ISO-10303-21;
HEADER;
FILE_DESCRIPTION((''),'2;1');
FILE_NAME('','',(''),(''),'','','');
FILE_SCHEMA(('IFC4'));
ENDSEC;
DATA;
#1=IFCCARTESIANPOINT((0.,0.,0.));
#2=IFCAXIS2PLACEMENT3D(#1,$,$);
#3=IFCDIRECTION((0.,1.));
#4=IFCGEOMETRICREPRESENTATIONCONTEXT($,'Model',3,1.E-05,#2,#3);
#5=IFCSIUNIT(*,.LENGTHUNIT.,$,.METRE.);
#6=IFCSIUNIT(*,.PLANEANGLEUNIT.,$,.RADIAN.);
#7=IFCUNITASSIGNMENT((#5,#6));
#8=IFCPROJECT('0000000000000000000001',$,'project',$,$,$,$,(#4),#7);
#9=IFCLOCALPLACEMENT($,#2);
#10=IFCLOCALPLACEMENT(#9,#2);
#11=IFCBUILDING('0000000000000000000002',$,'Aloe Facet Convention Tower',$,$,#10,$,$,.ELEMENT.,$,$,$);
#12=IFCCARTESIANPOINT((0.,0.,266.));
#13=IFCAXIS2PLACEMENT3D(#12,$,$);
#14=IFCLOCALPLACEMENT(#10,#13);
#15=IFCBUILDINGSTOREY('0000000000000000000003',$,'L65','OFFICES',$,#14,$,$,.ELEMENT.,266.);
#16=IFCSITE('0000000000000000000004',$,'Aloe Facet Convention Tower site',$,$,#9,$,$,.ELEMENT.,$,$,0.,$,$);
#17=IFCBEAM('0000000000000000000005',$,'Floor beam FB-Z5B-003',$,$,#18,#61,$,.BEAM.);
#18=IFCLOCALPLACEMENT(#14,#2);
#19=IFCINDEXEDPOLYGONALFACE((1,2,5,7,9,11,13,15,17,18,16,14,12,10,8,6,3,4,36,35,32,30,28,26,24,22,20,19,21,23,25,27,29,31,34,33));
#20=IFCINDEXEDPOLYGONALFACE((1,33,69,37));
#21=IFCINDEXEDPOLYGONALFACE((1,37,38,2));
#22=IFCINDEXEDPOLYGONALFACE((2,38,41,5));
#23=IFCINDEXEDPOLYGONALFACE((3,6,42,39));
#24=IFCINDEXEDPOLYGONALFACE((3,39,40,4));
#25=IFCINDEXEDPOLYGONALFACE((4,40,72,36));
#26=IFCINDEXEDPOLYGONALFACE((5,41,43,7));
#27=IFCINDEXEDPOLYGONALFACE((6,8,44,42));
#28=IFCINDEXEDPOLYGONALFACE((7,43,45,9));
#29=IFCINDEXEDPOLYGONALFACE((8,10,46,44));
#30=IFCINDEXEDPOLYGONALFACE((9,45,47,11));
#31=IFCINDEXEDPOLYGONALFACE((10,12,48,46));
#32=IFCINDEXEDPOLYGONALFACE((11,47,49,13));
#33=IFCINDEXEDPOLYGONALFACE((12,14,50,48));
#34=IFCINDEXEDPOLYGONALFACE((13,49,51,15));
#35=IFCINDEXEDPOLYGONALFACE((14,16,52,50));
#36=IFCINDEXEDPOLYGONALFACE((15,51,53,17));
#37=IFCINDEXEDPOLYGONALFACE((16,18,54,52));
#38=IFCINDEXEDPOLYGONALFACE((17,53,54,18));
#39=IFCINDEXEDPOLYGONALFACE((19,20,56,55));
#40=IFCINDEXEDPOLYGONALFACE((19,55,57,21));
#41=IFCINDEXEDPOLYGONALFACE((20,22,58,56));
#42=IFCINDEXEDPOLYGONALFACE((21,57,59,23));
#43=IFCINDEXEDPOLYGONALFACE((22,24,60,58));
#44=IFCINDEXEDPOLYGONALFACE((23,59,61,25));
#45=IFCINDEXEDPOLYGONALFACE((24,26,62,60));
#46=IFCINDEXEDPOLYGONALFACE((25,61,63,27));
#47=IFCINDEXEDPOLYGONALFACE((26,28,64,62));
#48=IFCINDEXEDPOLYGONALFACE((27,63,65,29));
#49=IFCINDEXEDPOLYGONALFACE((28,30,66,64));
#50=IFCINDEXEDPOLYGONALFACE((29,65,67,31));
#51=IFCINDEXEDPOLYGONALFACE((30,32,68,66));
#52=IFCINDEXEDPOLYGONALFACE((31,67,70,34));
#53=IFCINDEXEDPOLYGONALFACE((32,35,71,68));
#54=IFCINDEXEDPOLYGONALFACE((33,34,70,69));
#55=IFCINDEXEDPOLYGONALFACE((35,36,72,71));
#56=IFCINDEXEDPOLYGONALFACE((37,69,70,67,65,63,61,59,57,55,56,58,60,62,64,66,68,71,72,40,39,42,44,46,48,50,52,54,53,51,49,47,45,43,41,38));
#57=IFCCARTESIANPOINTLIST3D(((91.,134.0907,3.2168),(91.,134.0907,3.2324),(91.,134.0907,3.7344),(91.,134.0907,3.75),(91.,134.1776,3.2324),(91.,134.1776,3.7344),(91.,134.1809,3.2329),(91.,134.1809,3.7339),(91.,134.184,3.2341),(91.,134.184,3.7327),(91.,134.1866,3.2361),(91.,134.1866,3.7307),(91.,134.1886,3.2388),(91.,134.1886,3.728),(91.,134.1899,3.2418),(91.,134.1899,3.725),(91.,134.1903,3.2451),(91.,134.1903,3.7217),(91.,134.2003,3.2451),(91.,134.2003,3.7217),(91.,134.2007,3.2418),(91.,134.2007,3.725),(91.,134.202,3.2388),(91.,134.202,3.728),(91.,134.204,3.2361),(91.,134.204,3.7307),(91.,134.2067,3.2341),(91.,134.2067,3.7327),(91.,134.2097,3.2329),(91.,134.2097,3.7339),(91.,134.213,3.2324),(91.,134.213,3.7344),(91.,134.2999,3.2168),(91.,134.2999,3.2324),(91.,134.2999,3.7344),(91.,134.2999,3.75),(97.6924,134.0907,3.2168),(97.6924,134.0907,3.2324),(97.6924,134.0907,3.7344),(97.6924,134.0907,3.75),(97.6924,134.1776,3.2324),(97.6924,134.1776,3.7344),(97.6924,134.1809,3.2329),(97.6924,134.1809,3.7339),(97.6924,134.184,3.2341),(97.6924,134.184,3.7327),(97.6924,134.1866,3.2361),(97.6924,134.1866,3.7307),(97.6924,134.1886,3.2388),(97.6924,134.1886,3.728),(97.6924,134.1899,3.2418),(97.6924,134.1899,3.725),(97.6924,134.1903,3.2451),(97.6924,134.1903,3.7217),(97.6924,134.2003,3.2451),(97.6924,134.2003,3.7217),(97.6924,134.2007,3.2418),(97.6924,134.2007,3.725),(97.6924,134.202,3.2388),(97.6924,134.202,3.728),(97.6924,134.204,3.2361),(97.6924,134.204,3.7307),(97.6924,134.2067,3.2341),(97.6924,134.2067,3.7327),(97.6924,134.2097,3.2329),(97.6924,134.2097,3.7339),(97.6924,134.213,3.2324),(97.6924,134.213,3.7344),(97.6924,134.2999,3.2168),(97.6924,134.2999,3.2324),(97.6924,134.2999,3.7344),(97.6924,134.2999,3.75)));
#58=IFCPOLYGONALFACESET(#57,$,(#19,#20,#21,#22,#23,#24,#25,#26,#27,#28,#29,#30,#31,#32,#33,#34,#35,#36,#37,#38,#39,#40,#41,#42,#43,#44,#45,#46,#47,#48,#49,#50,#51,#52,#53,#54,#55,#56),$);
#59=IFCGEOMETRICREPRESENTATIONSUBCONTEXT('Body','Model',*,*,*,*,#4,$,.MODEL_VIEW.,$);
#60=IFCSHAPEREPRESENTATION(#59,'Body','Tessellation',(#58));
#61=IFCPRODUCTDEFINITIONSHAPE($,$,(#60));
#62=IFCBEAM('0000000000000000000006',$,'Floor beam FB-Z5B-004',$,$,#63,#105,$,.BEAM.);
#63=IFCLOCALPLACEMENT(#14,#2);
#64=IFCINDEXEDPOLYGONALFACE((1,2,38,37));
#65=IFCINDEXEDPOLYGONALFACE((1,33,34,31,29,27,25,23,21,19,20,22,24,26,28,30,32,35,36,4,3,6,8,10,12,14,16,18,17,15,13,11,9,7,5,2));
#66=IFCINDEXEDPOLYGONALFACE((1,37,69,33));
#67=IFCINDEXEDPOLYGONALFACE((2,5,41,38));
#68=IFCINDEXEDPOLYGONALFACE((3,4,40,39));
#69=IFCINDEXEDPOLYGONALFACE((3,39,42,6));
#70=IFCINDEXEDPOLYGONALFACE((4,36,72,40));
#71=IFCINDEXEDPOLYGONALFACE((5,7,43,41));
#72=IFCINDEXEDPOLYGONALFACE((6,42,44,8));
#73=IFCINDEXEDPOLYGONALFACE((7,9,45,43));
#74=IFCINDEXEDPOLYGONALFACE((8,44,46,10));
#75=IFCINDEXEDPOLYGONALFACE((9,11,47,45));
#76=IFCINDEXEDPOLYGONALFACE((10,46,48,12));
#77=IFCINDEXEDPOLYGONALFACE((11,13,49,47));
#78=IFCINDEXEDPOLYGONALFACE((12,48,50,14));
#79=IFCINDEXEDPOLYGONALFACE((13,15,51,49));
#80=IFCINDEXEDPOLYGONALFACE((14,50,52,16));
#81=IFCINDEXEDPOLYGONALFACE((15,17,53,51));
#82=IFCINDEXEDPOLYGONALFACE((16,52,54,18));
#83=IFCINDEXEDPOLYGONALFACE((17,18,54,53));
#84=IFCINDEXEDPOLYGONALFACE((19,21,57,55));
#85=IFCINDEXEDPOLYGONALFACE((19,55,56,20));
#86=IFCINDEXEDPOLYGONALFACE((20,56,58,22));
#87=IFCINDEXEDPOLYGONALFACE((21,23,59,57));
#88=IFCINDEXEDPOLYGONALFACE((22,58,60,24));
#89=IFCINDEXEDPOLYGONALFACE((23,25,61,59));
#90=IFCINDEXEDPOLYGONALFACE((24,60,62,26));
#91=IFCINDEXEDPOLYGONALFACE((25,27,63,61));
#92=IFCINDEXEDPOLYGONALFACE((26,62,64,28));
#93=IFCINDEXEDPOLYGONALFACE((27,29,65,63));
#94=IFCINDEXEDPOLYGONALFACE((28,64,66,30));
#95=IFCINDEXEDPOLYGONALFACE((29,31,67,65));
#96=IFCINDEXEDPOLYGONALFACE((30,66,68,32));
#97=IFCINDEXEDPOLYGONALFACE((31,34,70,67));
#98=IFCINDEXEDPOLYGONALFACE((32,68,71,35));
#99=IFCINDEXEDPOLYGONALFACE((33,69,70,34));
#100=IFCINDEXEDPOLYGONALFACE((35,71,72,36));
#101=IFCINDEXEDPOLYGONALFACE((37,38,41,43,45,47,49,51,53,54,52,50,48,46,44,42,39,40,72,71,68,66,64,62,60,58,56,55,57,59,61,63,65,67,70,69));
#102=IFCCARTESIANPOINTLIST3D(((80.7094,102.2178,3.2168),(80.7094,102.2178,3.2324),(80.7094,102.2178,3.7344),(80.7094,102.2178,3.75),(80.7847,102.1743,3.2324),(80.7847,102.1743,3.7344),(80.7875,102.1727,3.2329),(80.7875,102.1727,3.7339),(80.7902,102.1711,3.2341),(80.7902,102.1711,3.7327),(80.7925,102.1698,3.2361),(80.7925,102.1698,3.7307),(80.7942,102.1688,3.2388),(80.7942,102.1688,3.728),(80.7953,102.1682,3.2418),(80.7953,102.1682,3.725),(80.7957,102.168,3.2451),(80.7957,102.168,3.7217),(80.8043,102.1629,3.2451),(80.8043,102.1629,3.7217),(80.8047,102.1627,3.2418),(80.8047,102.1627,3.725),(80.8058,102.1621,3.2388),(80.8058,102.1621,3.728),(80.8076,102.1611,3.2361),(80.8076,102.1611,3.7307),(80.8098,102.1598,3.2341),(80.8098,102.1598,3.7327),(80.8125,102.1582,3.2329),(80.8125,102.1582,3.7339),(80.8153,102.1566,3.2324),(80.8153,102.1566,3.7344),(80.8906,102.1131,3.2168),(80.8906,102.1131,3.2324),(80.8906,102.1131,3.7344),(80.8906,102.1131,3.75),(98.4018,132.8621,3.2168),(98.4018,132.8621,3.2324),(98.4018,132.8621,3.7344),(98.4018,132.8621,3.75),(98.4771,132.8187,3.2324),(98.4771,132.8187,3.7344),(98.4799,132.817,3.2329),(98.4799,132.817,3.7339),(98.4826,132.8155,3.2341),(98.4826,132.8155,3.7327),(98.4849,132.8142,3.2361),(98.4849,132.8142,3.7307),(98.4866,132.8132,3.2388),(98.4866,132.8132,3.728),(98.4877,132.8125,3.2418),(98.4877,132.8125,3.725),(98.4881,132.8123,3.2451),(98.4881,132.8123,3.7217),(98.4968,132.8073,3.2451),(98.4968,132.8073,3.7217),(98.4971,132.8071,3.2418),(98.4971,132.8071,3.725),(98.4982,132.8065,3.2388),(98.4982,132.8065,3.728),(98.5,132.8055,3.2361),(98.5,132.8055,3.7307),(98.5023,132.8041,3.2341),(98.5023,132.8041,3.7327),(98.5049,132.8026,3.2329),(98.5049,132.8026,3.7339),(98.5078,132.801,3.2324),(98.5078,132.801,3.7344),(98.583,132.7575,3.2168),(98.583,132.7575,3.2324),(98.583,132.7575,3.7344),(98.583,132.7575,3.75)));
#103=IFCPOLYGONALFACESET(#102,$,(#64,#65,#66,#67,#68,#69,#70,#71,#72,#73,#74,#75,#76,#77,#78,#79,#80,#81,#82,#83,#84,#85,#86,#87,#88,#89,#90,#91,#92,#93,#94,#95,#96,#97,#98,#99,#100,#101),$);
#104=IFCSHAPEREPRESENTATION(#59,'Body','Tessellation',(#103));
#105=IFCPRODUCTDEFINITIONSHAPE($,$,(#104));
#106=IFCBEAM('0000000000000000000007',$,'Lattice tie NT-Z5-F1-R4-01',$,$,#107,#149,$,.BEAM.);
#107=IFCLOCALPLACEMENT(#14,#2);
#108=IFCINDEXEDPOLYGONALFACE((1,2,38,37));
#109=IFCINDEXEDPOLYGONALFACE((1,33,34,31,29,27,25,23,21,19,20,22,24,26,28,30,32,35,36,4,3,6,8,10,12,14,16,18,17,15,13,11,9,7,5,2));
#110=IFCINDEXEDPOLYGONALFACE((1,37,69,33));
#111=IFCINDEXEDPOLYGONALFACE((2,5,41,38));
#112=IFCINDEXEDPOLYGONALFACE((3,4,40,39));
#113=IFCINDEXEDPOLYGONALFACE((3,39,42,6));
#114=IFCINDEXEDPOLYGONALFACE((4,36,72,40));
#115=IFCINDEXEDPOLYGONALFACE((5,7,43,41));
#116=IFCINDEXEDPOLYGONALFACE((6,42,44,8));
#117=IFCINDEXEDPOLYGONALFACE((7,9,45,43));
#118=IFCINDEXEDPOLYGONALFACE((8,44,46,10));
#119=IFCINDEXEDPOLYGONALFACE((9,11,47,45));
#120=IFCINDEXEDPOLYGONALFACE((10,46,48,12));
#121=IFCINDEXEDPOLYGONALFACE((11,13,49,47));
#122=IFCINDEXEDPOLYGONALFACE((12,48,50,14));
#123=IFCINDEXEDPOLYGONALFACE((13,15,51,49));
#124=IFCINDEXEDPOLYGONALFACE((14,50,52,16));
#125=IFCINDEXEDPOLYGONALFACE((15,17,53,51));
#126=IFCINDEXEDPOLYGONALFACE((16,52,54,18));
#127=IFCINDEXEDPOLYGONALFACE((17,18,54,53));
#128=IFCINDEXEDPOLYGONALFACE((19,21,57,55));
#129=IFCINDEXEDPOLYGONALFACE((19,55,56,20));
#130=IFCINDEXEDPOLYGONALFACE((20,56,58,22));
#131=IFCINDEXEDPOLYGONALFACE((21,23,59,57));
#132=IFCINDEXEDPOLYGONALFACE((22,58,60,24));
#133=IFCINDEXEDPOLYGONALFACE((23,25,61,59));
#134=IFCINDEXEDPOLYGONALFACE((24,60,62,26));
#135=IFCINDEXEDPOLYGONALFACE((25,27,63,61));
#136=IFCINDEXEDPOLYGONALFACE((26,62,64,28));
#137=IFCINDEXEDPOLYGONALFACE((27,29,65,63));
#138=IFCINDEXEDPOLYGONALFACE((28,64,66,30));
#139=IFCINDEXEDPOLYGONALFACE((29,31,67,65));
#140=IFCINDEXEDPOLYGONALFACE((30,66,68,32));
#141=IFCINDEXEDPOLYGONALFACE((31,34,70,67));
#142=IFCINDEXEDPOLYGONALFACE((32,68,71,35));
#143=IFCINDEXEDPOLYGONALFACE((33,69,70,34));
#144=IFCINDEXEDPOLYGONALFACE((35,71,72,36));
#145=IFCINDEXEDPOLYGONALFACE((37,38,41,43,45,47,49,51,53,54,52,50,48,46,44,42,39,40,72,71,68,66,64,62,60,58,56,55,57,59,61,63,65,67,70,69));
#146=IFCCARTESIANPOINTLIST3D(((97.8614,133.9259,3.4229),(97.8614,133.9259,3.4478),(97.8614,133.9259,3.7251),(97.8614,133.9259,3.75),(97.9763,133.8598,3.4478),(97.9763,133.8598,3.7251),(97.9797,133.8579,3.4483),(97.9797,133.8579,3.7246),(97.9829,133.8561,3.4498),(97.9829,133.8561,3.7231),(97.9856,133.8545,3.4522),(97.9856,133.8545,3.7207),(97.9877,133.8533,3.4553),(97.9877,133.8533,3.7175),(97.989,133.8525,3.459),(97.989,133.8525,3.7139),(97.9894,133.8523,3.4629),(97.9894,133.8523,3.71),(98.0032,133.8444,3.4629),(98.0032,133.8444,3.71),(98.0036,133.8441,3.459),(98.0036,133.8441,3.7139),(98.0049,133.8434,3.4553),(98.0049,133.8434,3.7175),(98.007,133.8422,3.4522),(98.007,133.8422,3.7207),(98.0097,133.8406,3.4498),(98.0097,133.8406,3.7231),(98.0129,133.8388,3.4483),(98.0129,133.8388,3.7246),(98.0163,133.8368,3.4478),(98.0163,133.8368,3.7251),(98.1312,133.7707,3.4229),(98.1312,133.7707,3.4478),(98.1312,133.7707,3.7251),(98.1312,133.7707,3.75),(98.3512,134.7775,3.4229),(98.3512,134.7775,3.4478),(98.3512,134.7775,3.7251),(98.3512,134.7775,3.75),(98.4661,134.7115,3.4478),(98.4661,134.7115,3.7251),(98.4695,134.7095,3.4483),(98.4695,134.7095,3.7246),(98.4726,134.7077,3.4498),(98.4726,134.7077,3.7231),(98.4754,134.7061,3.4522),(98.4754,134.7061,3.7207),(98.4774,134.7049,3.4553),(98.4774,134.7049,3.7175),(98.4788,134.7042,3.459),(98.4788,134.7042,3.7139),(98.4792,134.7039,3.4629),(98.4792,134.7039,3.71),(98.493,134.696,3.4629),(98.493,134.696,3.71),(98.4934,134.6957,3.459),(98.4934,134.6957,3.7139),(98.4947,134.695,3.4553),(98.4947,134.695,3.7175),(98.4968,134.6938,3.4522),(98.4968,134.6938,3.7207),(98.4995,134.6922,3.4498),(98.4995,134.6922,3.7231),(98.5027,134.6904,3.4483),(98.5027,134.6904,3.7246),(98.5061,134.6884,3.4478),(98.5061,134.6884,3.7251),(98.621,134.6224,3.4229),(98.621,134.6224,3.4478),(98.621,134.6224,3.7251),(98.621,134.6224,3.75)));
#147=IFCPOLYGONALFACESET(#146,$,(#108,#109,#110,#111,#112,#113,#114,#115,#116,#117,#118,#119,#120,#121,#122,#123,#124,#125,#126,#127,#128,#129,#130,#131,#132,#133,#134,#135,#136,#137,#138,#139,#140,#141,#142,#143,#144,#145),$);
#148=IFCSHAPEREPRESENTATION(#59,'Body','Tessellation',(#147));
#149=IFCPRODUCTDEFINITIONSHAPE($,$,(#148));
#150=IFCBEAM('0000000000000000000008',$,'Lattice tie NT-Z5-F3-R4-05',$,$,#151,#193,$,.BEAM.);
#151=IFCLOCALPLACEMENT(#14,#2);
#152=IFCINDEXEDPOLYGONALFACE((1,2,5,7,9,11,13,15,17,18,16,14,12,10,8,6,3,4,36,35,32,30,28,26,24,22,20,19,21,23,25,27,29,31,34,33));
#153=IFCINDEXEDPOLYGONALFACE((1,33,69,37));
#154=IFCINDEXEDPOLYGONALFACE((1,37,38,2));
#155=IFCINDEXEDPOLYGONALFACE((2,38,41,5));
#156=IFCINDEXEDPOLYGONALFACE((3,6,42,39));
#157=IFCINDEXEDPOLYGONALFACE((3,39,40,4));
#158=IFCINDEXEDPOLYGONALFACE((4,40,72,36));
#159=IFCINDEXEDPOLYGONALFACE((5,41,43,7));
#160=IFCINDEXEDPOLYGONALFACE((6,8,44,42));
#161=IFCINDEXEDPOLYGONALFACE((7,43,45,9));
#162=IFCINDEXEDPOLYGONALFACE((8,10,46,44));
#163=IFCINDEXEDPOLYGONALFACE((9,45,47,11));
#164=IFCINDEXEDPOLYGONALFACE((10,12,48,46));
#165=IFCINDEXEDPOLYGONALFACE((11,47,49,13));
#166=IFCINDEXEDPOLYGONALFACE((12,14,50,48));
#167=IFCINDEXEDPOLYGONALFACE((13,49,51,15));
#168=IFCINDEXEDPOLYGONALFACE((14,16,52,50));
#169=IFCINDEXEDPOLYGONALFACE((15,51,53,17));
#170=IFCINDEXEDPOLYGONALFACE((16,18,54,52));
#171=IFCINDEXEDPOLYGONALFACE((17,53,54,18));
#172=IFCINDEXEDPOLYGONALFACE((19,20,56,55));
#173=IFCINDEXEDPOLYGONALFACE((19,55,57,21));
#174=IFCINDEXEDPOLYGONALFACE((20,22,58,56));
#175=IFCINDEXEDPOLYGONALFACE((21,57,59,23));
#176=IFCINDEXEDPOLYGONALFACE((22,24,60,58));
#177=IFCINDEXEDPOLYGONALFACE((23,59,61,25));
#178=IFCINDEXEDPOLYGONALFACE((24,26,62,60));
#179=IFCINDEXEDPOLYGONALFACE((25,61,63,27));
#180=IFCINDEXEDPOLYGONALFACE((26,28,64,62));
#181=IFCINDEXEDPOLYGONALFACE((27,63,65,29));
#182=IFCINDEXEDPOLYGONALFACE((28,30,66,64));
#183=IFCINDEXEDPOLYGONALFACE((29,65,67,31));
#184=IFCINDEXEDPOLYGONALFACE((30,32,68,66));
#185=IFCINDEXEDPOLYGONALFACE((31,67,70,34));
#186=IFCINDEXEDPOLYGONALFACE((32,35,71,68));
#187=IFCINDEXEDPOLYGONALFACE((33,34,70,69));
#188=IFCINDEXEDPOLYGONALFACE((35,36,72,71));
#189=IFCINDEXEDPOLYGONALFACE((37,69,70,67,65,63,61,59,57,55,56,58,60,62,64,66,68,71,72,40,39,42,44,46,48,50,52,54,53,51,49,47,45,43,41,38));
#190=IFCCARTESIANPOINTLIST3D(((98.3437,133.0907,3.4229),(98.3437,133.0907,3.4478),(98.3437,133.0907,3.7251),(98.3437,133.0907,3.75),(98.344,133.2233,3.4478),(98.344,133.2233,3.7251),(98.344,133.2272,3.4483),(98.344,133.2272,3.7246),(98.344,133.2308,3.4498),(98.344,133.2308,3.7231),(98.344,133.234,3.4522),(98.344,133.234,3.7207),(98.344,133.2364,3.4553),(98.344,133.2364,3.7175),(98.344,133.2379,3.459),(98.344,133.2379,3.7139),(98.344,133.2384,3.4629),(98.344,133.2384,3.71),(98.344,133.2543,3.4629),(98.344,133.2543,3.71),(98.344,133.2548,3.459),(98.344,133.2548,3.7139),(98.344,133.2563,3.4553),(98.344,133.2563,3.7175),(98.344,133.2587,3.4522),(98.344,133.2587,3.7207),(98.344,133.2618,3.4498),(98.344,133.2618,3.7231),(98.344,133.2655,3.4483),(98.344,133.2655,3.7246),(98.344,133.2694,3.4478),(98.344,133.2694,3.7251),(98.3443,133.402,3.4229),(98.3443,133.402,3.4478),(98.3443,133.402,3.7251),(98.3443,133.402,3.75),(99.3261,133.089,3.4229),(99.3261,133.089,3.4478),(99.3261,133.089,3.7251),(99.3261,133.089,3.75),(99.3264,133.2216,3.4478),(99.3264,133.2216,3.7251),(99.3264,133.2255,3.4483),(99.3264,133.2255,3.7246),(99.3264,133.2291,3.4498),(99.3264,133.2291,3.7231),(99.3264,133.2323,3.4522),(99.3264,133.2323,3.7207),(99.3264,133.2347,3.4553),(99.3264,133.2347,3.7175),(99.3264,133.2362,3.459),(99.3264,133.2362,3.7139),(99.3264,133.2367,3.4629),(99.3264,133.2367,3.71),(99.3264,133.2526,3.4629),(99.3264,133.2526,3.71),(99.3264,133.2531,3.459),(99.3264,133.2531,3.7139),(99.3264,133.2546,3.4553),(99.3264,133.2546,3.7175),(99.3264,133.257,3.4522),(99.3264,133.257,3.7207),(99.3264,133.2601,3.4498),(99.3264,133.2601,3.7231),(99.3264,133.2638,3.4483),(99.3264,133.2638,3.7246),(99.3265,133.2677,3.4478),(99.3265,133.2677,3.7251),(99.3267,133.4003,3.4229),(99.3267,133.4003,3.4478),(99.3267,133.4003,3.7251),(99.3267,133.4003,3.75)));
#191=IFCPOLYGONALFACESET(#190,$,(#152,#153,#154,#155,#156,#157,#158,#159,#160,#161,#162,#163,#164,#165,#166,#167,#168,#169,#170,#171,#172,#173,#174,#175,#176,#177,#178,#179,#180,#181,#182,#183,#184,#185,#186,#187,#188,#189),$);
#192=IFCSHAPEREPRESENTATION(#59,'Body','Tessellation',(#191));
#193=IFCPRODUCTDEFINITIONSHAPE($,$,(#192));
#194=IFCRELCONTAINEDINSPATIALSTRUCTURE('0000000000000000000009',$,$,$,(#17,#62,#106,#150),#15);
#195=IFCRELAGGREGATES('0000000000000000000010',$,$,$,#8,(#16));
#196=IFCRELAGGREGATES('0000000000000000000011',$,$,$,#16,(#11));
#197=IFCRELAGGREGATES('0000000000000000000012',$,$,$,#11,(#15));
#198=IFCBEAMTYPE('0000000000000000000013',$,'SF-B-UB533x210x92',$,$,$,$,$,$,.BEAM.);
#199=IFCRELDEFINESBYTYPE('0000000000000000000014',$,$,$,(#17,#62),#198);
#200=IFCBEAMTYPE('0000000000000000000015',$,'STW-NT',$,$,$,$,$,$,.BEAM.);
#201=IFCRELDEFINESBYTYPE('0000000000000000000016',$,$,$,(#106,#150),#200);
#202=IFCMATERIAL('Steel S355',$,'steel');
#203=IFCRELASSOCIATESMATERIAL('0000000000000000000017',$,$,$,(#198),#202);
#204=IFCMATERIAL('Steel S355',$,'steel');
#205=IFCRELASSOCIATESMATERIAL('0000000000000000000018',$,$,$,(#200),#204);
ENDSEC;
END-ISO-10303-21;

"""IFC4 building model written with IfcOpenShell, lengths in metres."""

from ifc_helpers import new_model, si_unit, direction, frame, origin, origin_2d, place, context, subcontext, project, spatial, i_section, extrude, material, material_profile, profile_set, type_object, element, save


model = new_model("IFC4")

# Units and contexts
model_context = context("Model", 3, precision=1e-05, world=origin(), true_north=direction((0.0, 1.0)))
body_context = subcontext(model_context, "Body", "Model", "MODEL_VIEW")
ifc_project = project(units=[si_unit("LENGTHUNIT", "METRE"), si_unit("PLANEANGLEUNIT", "RADIAN")], contexts=[model_context])

# Site, building, storey
site_placement = place(None, origin())
site = spatial("IfcSite", under=ifc_project, at=site_placement, Name="Aloe Facet Convention Tower site", CompositionType="ELEMENT", RefElevation=0.0)
building_placement = place(site_placement, origin())
building = spatial("IfcBuilding", under=site, at=building_placement, Name="Aloe Facet Convention Tower", CompositionType="ELEMENT")
storey_placement = place(building_placement, frame((0.0, 0.0, 266.0)))
storey = spatial("IfcBuildingStorey", under=building, at=storey_placement, Name="L65", Description="OFFICES", CompositionType="ELEMENT", Elevation=266.0)

# Beams
ifc_material_1 = material(Name="Steel S355", Category="steel")
ifc_material_profile_1 = material_profile(ifc_material_1, i_section(OverallWidth=0.2092, OverallDepth=0.5332, WebThickness=0.01, FlangeThickness=0.0156, FilletRadius=0.0127, at=origin_2d()), Name="UB 533x210x92")
ifc_profile_set_1 = profile_set([ifc_material_profile_1], Name="Steel S355")
beam_type_1 = type_object("IfcBeamType", Name="SF-B-UB533x210x92", PredefinedType="BEAM", material=ifc_profile_set_1)
beam_1_placement = place(storey_placement, frame((91.0, 134.1953, 3.4834), z_axis=(1.0, 0.0, 0.0), x_axis=(0.0, 1.0, 0.0)))
element("IfcBeam", 1, at=beam_1_placement, inside=storey, type_object=beam_type_1, Name="Floor beam FB-Z5B-003", PredefinedType="BEAM", context=body_context, shape_type="SweptSolid", body=[
    extrude(i_section(OverallWidth=0.2092, OverallDepth=0.5332, WebThickness=0.01, FlangeThickness=0.0156, FilletRadius=0.0127, at=origin_2d()), origin(), (0.0, 0.0, 1.0), 6.6924),
])
beam_2_placement = place(storey_placement, frame((98.4924, 132.8098, 3.4834), z_axis=(-0.499998, -0.866027, 0.0), x_axis=(0.866027, -0.499998, 0.0)))
element("IfcBeam", 2, at=beam_2_placement, inside=storey, type_object=beam_type_1, Name="Floor beam FB-Z5B-004", PredefinedType="BEAM", context=body_context, shape_type="SweptSolid", body=[
    extrude(i_section(OverallWidth=0.2092, OverallDepth=0.5332, WebThickness=0.01, FlangeThickness=0.0156, FilletRadius=0.0127, at=origin_2d()), origin(), (0.0, 0.0, 1.0), 35.385),
])
ifc_material_2 = material(Name="Steel S355", Category="steel")
ifc_material_profile_2 = material_profile(ifc_material_2, i_section(OverallWidth=0.3113, OverallDepth=0.3271, WebThickness=0.0159, FlangeThickness=0.0249, FilletRadius=0.0151, at=origin_2d()), Name="UC 305x305x158")
ifc_profile_set_2 = profile_set([ifc_material_profile_2], Name="Steel S355")
beam_type_2 = type_object("IfcBeamType", Name="STW-NT", PredefinedType="BEAM", material=ifc_profile_set_2)
for number, where, z_axis, x_axis, name in (
    (3, (98.4861, 134.7, 3.5864), (-0.498546, -0.866863, 0.0), (0.866863, -0.498546, 0.0), "Lattice tie NT-Z5-F1-R4-01"),
    (4, (99.3264, 133.2446, 3.5864), (-0.999998, 0.00174, 0.0), (-0.00174, -0.999998, 0.0), "Lattice tie NT-Z5-F3-R4-05"),
):
    element("IfcBeam", number, at=place(storey_placement, frame(where, z_axis=z_axis, x_axis=x_axis)), inside=storey, type_object=beam_type_2, Name=name, PredefinedType="BEAM", context=body_context, shape_type="SweptSolid", body=[
        extrude(i_section(OverallWidth=0.3113, OverallDepth=0.3271, WebThickness=0.0159, FlangeThickness=0.0249, FilletRadius=0.0151, at=origin_2d()), origin(), (0.0, 0.0, 1.0), 0.9824),
    ])

save(model, "model.ifc")
